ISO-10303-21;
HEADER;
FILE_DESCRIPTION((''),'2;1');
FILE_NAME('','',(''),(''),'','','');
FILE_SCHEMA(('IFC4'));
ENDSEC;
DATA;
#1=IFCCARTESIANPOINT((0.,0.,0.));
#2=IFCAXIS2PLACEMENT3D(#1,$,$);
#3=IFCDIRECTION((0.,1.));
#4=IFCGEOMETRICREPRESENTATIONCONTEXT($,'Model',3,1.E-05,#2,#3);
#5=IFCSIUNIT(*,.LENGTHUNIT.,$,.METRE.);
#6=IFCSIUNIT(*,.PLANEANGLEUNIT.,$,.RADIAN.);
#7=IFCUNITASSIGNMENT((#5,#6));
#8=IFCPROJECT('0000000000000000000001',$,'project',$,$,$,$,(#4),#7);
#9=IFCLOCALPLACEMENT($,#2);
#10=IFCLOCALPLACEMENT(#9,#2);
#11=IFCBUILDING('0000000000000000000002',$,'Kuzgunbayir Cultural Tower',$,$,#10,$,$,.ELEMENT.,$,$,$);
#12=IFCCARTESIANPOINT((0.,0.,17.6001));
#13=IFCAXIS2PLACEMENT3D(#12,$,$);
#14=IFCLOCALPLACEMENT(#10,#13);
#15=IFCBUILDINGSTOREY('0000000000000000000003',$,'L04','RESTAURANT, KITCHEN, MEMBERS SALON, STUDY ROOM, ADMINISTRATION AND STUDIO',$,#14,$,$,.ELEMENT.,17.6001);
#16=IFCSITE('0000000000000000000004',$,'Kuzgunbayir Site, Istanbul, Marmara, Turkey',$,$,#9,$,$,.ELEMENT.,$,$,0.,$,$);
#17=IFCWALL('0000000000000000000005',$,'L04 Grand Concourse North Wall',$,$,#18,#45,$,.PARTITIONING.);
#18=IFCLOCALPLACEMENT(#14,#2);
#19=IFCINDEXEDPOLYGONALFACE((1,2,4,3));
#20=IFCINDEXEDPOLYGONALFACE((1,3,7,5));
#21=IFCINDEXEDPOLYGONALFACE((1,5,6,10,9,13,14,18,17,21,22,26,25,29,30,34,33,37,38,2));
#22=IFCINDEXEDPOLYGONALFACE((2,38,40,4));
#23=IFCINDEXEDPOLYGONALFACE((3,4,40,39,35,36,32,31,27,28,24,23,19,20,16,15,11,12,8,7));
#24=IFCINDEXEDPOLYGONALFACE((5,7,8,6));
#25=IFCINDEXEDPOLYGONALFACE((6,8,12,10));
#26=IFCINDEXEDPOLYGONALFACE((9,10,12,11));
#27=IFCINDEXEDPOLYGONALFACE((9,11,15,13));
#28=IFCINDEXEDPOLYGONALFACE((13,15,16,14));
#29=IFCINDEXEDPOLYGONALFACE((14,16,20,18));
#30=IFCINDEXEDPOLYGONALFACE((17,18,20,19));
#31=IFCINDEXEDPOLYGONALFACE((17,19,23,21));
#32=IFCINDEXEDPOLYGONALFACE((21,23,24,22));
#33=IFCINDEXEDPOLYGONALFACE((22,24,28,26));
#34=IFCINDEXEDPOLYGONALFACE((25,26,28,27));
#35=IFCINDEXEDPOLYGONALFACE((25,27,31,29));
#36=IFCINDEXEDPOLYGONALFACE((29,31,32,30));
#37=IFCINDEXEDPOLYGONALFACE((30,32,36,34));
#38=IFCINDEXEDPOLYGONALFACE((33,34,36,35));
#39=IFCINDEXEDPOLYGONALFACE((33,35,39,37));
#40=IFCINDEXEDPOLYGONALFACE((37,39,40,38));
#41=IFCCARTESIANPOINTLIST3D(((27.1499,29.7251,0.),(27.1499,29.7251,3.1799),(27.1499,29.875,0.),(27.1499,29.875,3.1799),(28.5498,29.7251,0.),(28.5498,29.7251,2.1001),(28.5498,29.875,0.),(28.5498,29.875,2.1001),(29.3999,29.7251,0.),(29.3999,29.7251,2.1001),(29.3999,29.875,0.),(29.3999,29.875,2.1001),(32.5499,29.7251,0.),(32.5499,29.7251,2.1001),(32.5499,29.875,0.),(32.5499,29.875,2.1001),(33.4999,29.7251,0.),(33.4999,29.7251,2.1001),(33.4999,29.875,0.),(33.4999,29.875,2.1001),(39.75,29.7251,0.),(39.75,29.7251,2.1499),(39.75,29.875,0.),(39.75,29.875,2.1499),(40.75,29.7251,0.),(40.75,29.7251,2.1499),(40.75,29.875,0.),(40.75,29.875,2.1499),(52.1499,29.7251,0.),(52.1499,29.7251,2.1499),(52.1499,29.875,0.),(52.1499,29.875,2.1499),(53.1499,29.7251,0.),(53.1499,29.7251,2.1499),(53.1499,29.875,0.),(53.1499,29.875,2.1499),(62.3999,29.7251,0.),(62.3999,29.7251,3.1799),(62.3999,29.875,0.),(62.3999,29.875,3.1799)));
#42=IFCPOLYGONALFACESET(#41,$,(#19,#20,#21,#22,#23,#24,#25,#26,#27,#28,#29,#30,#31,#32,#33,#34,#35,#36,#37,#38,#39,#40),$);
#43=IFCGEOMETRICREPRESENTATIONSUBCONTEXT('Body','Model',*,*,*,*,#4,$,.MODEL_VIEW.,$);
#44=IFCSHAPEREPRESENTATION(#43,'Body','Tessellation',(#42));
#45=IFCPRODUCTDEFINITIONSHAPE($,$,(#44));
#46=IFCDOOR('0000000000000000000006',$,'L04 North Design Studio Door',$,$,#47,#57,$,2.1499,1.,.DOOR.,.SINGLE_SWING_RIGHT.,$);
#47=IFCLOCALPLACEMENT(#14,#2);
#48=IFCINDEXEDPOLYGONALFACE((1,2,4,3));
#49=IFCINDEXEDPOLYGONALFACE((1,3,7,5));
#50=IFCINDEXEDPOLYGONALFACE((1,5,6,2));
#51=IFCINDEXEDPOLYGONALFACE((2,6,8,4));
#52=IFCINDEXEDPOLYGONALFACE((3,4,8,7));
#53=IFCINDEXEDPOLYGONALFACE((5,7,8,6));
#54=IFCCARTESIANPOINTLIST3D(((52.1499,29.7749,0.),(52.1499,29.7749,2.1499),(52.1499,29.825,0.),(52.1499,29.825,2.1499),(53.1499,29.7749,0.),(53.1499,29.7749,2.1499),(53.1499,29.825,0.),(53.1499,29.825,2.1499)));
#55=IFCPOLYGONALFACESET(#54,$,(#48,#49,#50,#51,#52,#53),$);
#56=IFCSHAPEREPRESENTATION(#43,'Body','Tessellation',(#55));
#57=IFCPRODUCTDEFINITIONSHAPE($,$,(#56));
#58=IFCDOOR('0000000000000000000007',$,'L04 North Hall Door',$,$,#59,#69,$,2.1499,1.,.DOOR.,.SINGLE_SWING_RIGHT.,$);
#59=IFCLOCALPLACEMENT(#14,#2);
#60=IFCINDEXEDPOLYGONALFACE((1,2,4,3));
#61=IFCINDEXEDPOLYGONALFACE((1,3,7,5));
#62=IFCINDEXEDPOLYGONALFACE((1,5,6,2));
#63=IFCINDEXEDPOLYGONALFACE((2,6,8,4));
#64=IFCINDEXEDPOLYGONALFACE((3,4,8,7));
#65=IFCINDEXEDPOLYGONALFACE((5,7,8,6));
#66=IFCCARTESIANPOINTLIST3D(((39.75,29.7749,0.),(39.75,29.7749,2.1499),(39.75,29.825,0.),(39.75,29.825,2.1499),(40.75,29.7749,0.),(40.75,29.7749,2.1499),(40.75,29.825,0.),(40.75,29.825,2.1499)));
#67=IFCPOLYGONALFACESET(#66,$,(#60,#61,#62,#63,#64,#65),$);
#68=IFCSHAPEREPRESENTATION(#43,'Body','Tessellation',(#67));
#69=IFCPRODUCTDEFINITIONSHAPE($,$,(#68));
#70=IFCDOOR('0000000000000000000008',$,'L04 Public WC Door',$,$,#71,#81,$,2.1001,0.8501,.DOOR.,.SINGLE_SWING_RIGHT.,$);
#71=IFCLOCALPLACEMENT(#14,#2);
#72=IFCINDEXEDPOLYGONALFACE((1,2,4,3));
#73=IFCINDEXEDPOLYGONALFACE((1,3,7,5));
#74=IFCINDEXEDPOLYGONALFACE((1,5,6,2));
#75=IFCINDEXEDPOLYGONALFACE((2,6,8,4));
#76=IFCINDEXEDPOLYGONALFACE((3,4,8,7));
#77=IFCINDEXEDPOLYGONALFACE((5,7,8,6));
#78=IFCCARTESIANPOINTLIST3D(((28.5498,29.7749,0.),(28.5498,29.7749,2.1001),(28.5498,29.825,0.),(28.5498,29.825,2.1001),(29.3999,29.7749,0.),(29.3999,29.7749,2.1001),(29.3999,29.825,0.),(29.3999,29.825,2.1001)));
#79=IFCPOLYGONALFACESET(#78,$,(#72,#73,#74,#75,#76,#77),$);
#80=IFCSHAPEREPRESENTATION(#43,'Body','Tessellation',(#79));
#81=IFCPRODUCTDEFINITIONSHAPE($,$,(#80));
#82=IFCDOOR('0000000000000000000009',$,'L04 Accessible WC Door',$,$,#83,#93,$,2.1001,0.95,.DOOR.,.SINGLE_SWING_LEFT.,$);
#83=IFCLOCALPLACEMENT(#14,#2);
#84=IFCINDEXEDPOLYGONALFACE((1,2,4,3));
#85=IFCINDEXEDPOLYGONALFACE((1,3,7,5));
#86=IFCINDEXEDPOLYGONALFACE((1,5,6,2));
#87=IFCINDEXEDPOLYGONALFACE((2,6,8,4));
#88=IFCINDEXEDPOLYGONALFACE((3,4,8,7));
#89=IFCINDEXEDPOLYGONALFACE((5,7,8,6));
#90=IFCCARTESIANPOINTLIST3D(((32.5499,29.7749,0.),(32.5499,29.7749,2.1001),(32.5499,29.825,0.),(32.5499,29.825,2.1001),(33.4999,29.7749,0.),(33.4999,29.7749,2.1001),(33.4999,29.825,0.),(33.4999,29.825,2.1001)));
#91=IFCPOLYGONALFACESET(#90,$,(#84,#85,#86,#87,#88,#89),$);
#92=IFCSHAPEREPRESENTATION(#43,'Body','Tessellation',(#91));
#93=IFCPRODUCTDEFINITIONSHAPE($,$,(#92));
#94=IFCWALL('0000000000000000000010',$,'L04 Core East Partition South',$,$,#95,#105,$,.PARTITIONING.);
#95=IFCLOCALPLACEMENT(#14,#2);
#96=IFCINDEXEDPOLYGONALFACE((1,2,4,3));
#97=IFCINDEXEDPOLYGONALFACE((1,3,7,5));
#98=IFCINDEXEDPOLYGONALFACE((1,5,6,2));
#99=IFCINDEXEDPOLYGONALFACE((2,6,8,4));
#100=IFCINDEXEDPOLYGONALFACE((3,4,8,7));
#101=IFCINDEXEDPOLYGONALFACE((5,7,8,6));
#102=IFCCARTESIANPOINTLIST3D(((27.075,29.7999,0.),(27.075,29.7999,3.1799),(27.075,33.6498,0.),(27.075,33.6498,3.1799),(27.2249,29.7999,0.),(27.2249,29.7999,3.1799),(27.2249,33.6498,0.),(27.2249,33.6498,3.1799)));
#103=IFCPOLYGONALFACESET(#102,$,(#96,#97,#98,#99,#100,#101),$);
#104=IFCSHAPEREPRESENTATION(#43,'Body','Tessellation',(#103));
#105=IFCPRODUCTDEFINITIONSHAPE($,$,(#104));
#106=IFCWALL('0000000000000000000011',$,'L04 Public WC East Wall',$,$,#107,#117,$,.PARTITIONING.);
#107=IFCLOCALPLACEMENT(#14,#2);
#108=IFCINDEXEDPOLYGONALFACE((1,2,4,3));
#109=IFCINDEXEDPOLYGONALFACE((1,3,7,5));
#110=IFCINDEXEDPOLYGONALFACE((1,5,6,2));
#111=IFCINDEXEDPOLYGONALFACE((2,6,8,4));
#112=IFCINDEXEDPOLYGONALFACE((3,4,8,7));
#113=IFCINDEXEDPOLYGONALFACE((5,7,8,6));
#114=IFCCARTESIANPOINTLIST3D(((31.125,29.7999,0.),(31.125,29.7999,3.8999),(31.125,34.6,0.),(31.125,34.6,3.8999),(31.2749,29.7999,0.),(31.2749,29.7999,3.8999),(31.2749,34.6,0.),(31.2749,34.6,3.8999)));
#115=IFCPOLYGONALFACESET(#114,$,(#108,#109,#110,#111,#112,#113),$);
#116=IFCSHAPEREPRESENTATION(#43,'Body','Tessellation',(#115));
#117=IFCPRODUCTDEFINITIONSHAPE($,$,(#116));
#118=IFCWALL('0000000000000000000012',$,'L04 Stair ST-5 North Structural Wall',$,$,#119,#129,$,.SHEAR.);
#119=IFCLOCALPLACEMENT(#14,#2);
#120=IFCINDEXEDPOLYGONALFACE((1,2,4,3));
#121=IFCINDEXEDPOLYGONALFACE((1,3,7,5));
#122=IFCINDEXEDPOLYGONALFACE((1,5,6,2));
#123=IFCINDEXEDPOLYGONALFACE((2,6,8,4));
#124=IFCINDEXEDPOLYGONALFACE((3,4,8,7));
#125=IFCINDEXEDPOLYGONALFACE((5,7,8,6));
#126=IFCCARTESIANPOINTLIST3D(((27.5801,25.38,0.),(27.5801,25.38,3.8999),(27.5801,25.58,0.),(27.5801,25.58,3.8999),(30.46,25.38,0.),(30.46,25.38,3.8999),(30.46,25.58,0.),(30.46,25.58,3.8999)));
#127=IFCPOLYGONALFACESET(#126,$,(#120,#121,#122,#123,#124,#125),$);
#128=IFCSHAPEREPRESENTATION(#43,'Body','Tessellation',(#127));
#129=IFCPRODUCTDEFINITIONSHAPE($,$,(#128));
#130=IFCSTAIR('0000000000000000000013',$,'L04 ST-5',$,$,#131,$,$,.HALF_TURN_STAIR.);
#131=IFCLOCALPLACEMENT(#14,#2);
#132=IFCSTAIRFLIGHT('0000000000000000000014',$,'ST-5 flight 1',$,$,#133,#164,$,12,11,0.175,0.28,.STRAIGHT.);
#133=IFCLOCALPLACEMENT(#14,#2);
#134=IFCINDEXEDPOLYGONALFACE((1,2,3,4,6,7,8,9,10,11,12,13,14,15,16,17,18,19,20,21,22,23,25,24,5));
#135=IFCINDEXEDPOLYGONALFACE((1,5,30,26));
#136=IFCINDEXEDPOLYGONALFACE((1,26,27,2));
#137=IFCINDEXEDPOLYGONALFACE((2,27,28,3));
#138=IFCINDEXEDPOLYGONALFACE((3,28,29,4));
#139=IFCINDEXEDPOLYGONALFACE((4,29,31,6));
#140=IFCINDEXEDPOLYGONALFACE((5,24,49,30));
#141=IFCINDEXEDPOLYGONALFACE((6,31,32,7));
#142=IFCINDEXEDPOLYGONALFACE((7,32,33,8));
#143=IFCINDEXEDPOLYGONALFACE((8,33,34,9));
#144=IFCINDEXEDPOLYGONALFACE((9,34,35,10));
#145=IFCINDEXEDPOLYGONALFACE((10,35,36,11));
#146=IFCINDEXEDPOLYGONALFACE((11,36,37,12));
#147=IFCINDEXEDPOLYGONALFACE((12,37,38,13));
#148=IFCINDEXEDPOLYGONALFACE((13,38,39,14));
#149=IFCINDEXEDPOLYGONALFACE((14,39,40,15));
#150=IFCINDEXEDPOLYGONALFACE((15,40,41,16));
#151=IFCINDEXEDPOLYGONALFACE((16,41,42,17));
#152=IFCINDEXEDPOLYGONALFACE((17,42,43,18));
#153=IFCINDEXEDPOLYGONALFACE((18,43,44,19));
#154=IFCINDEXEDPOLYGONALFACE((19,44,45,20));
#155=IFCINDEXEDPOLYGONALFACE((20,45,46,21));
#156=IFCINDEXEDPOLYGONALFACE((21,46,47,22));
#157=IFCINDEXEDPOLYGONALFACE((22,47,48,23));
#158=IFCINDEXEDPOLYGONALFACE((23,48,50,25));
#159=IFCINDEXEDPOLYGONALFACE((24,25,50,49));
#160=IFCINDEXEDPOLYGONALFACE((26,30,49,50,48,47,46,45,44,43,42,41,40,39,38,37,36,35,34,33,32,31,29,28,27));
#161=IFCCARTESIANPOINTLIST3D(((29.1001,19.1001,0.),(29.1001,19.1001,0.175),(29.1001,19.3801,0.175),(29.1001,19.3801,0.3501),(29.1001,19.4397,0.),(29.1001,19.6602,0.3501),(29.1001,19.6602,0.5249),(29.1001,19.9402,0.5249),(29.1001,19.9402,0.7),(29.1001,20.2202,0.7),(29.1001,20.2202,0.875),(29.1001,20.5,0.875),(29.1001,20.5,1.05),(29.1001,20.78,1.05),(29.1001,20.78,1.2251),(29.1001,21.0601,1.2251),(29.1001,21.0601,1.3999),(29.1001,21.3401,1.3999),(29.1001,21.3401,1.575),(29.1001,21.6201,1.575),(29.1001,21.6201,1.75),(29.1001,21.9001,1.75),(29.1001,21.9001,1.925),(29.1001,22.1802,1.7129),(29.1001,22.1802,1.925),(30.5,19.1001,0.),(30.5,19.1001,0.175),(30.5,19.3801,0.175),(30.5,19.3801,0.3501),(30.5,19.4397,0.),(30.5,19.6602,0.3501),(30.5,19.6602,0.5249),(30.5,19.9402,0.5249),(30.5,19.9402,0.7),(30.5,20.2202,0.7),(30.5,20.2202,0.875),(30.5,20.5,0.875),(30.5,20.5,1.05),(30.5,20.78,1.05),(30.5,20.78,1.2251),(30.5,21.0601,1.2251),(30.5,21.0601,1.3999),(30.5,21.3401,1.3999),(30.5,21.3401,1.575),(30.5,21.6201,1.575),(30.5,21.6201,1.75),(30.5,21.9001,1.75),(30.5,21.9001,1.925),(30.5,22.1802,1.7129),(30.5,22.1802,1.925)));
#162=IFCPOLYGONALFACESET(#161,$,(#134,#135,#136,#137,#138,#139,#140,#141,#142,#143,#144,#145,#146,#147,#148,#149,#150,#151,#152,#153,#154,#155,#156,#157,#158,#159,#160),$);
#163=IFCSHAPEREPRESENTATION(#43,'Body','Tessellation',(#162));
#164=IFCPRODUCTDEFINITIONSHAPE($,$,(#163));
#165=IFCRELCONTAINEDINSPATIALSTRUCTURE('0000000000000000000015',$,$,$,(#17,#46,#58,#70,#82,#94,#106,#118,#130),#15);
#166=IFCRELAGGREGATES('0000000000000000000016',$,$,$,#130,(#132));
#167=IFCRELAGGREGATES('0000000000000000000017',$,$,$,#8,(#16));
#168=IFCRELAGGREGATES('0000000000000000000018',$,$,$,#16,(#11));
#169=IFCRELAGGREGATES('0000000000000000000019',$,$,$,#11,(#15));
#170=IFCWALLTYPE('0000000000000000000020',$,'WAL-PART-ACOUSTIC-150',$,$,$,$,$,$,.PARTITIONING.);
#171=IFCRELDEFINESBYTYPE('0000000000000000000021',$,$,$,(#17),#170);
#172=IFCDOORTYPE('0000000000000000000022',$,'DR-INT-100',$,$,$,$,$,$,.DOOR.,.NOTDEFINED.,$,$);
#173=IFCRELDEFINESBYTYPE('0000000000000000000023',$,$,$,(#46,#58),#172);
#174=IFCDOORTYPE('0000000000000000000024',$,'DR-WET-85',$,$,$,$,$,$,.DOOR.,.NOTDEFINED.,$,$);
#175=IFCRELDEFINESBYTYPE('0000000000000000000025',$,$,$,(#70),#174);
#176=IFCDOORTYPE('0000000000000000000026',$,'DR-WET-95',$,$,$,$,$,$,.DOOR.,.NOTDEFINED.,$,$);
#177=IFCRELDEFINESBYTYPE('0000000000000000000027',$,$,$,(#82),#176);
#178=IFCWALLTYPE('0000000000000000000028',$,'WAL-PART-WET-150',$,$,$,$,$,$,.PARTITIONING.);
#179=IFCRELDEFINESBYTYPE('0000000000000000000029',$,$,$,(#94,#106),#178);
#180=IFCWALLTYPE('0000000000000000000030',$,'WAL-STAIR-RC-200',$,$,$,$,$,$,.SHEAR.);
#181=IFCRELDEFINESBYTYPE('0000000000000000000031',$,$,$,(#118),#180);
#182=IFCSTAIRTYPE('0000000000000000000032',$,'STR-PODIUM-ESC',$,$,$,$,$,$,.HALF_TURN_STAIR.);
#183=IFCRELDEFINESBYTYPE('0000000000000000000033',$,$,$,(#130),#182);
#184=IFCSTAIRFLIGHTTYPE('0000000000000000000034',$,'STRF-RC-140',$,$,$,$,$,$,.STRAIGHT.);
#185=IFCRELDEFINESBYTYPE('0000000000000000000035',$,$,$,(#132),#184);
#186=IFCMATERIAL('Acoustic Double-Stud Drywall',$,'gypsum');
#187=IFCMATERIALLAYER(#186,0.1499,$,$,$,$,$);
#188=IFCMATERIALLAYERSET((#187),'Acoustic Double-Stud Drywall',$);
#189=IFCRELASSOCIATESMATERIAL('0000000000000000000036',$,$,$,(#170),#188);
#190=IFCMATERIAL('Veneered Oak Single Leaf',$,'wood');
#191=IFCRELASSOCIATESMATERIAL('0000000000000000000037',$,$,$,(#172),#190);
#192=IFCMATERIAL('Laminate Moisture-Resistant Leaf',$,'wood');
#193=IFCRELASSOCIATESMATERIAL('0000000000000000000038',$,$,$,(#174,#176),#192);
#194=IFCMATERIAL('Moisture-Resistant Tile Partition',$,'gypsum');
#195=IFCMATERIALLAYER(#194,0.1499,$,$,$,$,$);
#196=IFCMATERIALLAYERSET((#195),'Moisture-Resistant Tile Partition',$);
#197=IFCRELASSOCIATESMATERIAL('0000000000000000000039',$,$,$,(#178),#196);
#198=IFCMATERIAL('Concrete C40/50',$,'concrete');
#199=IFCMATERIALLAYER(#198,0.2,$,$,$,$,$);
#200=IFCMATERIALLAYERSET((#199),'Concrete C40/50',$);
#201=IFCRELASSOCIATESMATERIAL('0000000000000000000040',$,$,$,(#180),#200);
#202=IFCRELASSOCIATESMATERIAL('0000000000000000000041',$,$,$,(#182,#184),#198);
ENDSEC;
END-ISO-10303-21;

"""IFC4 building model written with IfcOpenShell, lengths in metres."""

from ifc_helpers import new_model, si_unit, direction, frame, frame_2d, origin, place, context, subcontext, project, spatial, polyline, rectangle, outline, extrude, material, layer, layer_set, type_object, element, fill, aggregate, save


model = new_model("IFC4")

# Units and contexts
model_context = context("Model", 3, precision=1e-05, world=origin(), true_north=direction((0.0, 1.0)))
body_context = subcontext(model_context, "Body", "Model", "MODEL_VIEW")
ifc_project = project(units=[si_unit("LENGTHUNIT", "METRE"), si_unit("PLANEANGLEUNIT", "RADIAN")], contexts=[model_context])

# Site, building, storey
site_placement = place(None, origin())
site = spatial("IfcSite", under=ifc_project, at=site_placement, Name="Kuzgunbayir Site, Istanbul, Marmara, Turkey", CompositionType="ELEMENT", RefElevation=0.0)
building_placement = place(site_placement, origin())
building = spatial("IfcBuilding", under=site, at=building_placement, Name="Kuzgunbayir Cultural Tower", CompositionType="ELEMENT")
storey_placement = place(building_placement, frame((0.0, 0.0, 17.6001)))
storey = spatial("IfcBuildingStorey", under=building, at=storey_placement, Name="L04", Description="RESTAURANT, KITCHEN, MEMBERS SALON, STUDY ROOM, ADMINISTRATION AND STUDIO", CompositionType="ELEMENT", Elevation=17.6001)

# Shared definitions
ifc_material_1 = material(Name="Acoustic Double-Stud Drywall", Category="gypsum")
ifc_layer_1 = layer(ifc_material_1, 0.1499)
ifc_layer_set_1 = layer_set([ifc_layer_1], Name="Acoustic Double-Stud Drywall")
wall_type_1 = type_object("IfcWallType", Name="WAL-PART-ACOUSTIC-150", PredefinedType="PARTITIONING", material=ifc_layer_set_1)

# Wall, openings, doors
wall_1_placement = place(storey_placement, frame((27.1499, 29.8, 0.0), z_axis=(0.0, 0.0, 1.0), x_axis=(1.0, 0.0, 0.0)))
wall_1 = element("IfcWall", 1, at=wall_1_placement, inside=storey, type_object=wall_type_1, Name="L04 Grand Concourse North Wall", PredefinedType="PARTITIONING", context=body_context, shape_type="SweptSolid", body=[
    extrude(rectangle(XDim=35.25, YDim=0.1499, at=frame_2d((17.625, 0.0))), origin(), (0.0, 0.0, 1.0), 3.1799),
])
opening_1_placement = place(wall_1_placement, frame((25.0, 0.0, 0.0)))
opening_1 = element("IfcOpeningElement", 2, at=opening_1_placement, cuts=wall_1, PredefinedType="OPENING", context=body_context, shape_type="SweptSolid", body=[
    extrude(rectangle(XDim=1.0, YDim=2.1499, at=frame_2d((0.5, 1.075))), frame((0.0, 0.085, 0.0), z_axis=(0.0, -1.0, 0.0), x_axis=(1.0, 0.0, 0.0)), (0.0, 0.0, 1.0), 0.1699),
])
opening_2_placement = place(wall_1_placement, frame((1.3999, 0.0, 0.0)))
opening_2 = element("IfcOpeningElement", 3, at=opening_2_placement, cuts=wall_1, PredefinedType="OPENING", context=body_context, shape_type="SweptSolid", body=[
    extrude(rectangle(XDim=0.8501, YDim=2.1001, at=frame_2d((0.425, 1.05))), frame((0.0, 0.085, 0.0), z_axis=(0.0, -1.0, 0.0), x_axis=(1.0, 0.0, 0.0)), (0.0, 0.0, 1.0), 0.1699),
])
opening_3_placement = place(wall_1_placement, frame((5.3999, 0.0, 0.0)))
opening_3 = element("IfcOpeningElement", 4, at=opening_3_placement, cuts=wall_1, PredefinedType="OPENING", context=body_context, shape_type="SweptSolid", body=[
    extrude(rectangle(XDim=0.95, YDim=2.1001, at=frame_2d((0.4751, 1.05))), frame((0.0, 0.085, 0.0), z_axis=(0.0, -1.0, 0.0), x_axis=(1.0, 0.0, 0.0)), (0.0, 0.0, 1.0), 0.1699),
])
opening_4_placement = place(wall_1_placement, frame((12.6001, 0.0, 0.0)))
opening_4 = element("IfcOpeningElement", 5, at=opening_4_placement, cuts=wall_1, PredefinedType="OPENING", context=body_context, shape_type="SweptSolid", body=[
    extrude(rectangle(XDim=1.0, YDim=2.1499, at=frame_2d((0.5, 1.075))), frame((0.0, 0.085, 0.0), z_axis=(0.0, -1.0, 0.0), x_axis=(1.0, 0.0, 0.0)), (0.0, 0.0, 1.0), 0.1699),
])
ifc_material_2 = material(Name="Veneered Oak Single Leaf", Category="wood")
door_type_1 = type_object("IfcDoorType", Name="DR-INT-100", OperationType="NOTDEFINED", PredefinedType="DOOR", material=ifc_material_2)
door_1_placement = place(opening_1_placement, origin())
door_1 = element("IfcDoor", 6, at=door_1_placement, inside=storey, type_object=door_type_1, Name="L04 North Design Studio Door", OperationType="SINGLE_SWING_RIGHT", OverallHeight=2.1499, OverallWidth=1.0, PredefinedType="DOOR", context=body_context, shape_type="SweptSolid", body=[
    extrude(rectangle(XDim=1.0, YDim=2.1499, at=frame_2d((0.5, 1.075))), frame((0.0, 0.0249, 0.0), z_axis=(0.0, -1.0, 0.0), x_axis=(1.0, 0.0, 0.0)), (0.0, 0.0, 1.0), 0.05),
])
fill(opening_1, door_1)
door_2_placement = place(opening_4_placement, origin())
door_2 = element("IfcDoor", 7, at=door_2_placement, inside=storey, type_object=door_type_1, Name="L04 North Hall Door", OperationType="SINGLE_SWING_RIGHT", OverallHeight=2.1499, OverallWidth=1.0, PredefinedType="DOOR", context=body_context, shape_type="SweptSolid", body=[
    extrude(rectangle(XDim=1.0, YDim=2.1499, at=frame_2d((0.5, 1.075))), frame((0.0, 0.0249, 0.0), z_axis=(0.0, -1.0, 0.0), x_axis=(1.0, 0.0, 0.0)), (0.0, 0.0, 1.0), 0.05),
])
fill(opening_4, door_2)
ifc_material_3 = material(Name="Laminate Moisture-Resistant Leaf", Category="wood")
door_type_2 = type_object("IfcDoorType", Name="DR-WET-85", OperationType="NOTDEFINED", PredefinedType="DOOR", material=ifc_material_3)
door_3_placement = place(opening_2_placement, origin())
door_3 = element("IfcDoor", 8, at=door_3_placement, inside=storey, type_object=door_type_2, Name="L04 Public WC Door", OperationType="SINGLE_SWING_RIGHT", OverallHeight=2.1001, OverallWidth=0.8501, PredefinedType="DOOR", context=body_context, shape_type="SweptSolid", body=[
    extrude(rectangle(XDim=0.8501, YDim=2.1001, at=frame_2d((0.425, 1.05))), frame((0.0, 0.0249, 0.0), z_axis=(0.0, -1.0, 0.0), x_axis=(1.0, 0.0, 0.0)), (0.0, 0.0, 1.0), 0.05),
])
fill(opening_2, door_3)
door_type_3 = type_object("IfcDoorType", Name="DR-WET-95", OperationType="NOTDEFINED", PredefinedType="DOOR", material=ifc_material_3)
door_4_placement = place(opening_3_placement, origin())
door_4 = element("IfcDoor", 9, at=door_4_placement, inside=storey, type_object=door_type_3, Name="L04 Accessible WC Door", OperationType="SINGLE_SWING_LEFT", OverallHeight=2.1001, OverallWidth=0.95, PredefinedType="DOOR", context=body_context, shape_type="SweptSolid", body=[
    extrude(rectangle(XDim=0.95, YDim=2.1001, at=frame_2d((0.4751, 1.05))), frame((0.0, 0.0249, 0.0), z_axis=(0.0, -1.0, 0.0), x_axis=(1.0, 0.0, 0.0)), (0.0, 0.0, 1.0), 0.05),
])
fill(opening_3, door_4)

# Walls
ifc_material_4 = material(Name="Moisture-Resistant Tile Partition", Category="gypsum")
ifc_layer_2 = layer(ifc_material_4, 0.1499)
ifc_layer_set_2 = layer_set([ifc_layer_2], Name="Moisture-Resistant Tile Partition")
wall_type_2 = type_object("IfcWallType", Name="WAL-PART-WET-150", PredefinedType="PARTITIONING", material=ifc_layer_set_2)
wall_2_placement = place(storey_placement, frame((27.1499, 29.8, 0.0), z_axis=(0.0, 0.0, 1.0), x_axis=(0.0, 1.0, 0.0)))
element("IfcWall", 10, at=wall_2_placement, inside=storey, type_object=wall_type_2, Name="L04 Core East Partition South", PredefinedType="PARTITIONING", context=body_context, shape_type="SweptSolid", body=[
    extrude(rectangle(XDim=3.8499, YDim=0.1499, at=frame_2d((1.9248, 0.0))), origin(), (0.0, 0.0, 1.0), 3.1799),
])
wall_3_placement = place(storey_placement, frame((31.2, 29.8, 0.0), z_axis=(0.0, 0.0, 1.0), x_axis=(0.0, 1.0, 0.0)))
element("IfcWall", 11, at=wall_3_placement, inside=storey, type_object=wall_type_2, Name="L04 Public WC East Wall", PredefinedType="PARTITIONING", context=body_context, shape_type="SweptSolid", body=[
    extrude(rectangle(XDim=4.8, YDim=0.1499, at=frame_2d((2.3999, 0.0))), origin(), (0.0, 0.0, 1.0), 3.8999),
])
ifc_material_5 = material(Name="Concrete C40/50", Category="concrete")
ifc_layer_3 = layer(ifc_material_5, 0.2)
ifc_layer_set_3 = layer_set([ifc_layer_3], Name="Concrete C40/50")
wall_type_3 = type_object("IfcWallType", Name="WAL-STAIR-RC-200", PredefinedType="SHEAR", material=ifc_layer_set_3)
wall_4_placement = place(storey_placement, frame((27.5801, 25.48, 0.0), z_axis=(0.0, 0.0, 1.0), x_axis=(1.0, 0.0, 0.0)))
element("IfcWall", 12, at=wall_4_placement, inside=storey, type_object=wall_type_3, Name="L04 Stair ST-5 North Structural Wall", PredefinedType="SHEAR", context=body_context, shape_type="SweptSolid", body=[
    extrude(rectangle(XDim=2.8799, YDim=0.2, at=frame_2d((1.4399, 0.0))), origin(), (0.0, 0.0, 1.0), 3.8999),
])

# Stair, stair flight
stair_type = type_object("IfcStairType", Name="STR-PODIUM-ESC", PredefinedType="HALF_TURN_STAIR", material=ifc_material_5)
stair_placement = place(storey_placement, origin())
stair = element("IfcStair", 13, at=stair_placement, inside=storey, type_object=stair_type, Name="L04 ST-5", PredefinedType="HALF_TURN_STAIR")
stair_flight_type = type_object("IfcStairFlightType", Name="STRF-RC-140", PredefinedType="STRAIGHT", material=ifc_material_5)
stair_flight_1_placement = place(storey_placement, frame((29.8, 19.1001, 0.0), z_axis=(0.0, 0.0, 1.0), x_axis=(0.0, 1.0, 0.0)))
stair_flight_1 = element("IfcStairFlight", 14, at=stair_flight_1_placement, type_object=stair_flight_type, Name="ST-5 flight 1", NumberOfRisers=12, NumberOfTreads=11, PredefinedType="STRAIGHT", RiserHeight=0.175, TreadLength=0.28, context=body_context, shape_type="SweptSolid", body=[
    extrude(outline(polyline([(0.0, 0.0), (0.0, 0.175), (0.28, 0.175), (0.28, 0.3501), (0.5601, 0.3501), (0.5601, 0.5249), (0.8401, 0.5249), (0.8401, 0.7), (1.1201, 0.7), (1.1201, 0.875), (1.3999, 0.875), (1.3999, 1.05), (1.6799, 1.05), (1.6799, 1.2251), (1.96, 1.2251), (1.96, 1.3999), (2.24, 1.3999), (2.24, 1.575), (2.52, 1.575), (2.52, 1.75), (2.8, 1.75), (2.8, 1.925), (3.0801, 1.925), (3.0801, 2.1001), (3.0801, 1.7129), (0.3396, 0.0), (0.0, 0.0)])), frame((0.0, 0.7, 0.0), z_axis=(0.0, -1.0, 0.0), x_axis=(1.0, 0.0, 0.0)), (0.0, 0.0, 1.0), 1.3999),
])
aggregate(stair, [stair_flight_1])

save(model, "model.ifc")
